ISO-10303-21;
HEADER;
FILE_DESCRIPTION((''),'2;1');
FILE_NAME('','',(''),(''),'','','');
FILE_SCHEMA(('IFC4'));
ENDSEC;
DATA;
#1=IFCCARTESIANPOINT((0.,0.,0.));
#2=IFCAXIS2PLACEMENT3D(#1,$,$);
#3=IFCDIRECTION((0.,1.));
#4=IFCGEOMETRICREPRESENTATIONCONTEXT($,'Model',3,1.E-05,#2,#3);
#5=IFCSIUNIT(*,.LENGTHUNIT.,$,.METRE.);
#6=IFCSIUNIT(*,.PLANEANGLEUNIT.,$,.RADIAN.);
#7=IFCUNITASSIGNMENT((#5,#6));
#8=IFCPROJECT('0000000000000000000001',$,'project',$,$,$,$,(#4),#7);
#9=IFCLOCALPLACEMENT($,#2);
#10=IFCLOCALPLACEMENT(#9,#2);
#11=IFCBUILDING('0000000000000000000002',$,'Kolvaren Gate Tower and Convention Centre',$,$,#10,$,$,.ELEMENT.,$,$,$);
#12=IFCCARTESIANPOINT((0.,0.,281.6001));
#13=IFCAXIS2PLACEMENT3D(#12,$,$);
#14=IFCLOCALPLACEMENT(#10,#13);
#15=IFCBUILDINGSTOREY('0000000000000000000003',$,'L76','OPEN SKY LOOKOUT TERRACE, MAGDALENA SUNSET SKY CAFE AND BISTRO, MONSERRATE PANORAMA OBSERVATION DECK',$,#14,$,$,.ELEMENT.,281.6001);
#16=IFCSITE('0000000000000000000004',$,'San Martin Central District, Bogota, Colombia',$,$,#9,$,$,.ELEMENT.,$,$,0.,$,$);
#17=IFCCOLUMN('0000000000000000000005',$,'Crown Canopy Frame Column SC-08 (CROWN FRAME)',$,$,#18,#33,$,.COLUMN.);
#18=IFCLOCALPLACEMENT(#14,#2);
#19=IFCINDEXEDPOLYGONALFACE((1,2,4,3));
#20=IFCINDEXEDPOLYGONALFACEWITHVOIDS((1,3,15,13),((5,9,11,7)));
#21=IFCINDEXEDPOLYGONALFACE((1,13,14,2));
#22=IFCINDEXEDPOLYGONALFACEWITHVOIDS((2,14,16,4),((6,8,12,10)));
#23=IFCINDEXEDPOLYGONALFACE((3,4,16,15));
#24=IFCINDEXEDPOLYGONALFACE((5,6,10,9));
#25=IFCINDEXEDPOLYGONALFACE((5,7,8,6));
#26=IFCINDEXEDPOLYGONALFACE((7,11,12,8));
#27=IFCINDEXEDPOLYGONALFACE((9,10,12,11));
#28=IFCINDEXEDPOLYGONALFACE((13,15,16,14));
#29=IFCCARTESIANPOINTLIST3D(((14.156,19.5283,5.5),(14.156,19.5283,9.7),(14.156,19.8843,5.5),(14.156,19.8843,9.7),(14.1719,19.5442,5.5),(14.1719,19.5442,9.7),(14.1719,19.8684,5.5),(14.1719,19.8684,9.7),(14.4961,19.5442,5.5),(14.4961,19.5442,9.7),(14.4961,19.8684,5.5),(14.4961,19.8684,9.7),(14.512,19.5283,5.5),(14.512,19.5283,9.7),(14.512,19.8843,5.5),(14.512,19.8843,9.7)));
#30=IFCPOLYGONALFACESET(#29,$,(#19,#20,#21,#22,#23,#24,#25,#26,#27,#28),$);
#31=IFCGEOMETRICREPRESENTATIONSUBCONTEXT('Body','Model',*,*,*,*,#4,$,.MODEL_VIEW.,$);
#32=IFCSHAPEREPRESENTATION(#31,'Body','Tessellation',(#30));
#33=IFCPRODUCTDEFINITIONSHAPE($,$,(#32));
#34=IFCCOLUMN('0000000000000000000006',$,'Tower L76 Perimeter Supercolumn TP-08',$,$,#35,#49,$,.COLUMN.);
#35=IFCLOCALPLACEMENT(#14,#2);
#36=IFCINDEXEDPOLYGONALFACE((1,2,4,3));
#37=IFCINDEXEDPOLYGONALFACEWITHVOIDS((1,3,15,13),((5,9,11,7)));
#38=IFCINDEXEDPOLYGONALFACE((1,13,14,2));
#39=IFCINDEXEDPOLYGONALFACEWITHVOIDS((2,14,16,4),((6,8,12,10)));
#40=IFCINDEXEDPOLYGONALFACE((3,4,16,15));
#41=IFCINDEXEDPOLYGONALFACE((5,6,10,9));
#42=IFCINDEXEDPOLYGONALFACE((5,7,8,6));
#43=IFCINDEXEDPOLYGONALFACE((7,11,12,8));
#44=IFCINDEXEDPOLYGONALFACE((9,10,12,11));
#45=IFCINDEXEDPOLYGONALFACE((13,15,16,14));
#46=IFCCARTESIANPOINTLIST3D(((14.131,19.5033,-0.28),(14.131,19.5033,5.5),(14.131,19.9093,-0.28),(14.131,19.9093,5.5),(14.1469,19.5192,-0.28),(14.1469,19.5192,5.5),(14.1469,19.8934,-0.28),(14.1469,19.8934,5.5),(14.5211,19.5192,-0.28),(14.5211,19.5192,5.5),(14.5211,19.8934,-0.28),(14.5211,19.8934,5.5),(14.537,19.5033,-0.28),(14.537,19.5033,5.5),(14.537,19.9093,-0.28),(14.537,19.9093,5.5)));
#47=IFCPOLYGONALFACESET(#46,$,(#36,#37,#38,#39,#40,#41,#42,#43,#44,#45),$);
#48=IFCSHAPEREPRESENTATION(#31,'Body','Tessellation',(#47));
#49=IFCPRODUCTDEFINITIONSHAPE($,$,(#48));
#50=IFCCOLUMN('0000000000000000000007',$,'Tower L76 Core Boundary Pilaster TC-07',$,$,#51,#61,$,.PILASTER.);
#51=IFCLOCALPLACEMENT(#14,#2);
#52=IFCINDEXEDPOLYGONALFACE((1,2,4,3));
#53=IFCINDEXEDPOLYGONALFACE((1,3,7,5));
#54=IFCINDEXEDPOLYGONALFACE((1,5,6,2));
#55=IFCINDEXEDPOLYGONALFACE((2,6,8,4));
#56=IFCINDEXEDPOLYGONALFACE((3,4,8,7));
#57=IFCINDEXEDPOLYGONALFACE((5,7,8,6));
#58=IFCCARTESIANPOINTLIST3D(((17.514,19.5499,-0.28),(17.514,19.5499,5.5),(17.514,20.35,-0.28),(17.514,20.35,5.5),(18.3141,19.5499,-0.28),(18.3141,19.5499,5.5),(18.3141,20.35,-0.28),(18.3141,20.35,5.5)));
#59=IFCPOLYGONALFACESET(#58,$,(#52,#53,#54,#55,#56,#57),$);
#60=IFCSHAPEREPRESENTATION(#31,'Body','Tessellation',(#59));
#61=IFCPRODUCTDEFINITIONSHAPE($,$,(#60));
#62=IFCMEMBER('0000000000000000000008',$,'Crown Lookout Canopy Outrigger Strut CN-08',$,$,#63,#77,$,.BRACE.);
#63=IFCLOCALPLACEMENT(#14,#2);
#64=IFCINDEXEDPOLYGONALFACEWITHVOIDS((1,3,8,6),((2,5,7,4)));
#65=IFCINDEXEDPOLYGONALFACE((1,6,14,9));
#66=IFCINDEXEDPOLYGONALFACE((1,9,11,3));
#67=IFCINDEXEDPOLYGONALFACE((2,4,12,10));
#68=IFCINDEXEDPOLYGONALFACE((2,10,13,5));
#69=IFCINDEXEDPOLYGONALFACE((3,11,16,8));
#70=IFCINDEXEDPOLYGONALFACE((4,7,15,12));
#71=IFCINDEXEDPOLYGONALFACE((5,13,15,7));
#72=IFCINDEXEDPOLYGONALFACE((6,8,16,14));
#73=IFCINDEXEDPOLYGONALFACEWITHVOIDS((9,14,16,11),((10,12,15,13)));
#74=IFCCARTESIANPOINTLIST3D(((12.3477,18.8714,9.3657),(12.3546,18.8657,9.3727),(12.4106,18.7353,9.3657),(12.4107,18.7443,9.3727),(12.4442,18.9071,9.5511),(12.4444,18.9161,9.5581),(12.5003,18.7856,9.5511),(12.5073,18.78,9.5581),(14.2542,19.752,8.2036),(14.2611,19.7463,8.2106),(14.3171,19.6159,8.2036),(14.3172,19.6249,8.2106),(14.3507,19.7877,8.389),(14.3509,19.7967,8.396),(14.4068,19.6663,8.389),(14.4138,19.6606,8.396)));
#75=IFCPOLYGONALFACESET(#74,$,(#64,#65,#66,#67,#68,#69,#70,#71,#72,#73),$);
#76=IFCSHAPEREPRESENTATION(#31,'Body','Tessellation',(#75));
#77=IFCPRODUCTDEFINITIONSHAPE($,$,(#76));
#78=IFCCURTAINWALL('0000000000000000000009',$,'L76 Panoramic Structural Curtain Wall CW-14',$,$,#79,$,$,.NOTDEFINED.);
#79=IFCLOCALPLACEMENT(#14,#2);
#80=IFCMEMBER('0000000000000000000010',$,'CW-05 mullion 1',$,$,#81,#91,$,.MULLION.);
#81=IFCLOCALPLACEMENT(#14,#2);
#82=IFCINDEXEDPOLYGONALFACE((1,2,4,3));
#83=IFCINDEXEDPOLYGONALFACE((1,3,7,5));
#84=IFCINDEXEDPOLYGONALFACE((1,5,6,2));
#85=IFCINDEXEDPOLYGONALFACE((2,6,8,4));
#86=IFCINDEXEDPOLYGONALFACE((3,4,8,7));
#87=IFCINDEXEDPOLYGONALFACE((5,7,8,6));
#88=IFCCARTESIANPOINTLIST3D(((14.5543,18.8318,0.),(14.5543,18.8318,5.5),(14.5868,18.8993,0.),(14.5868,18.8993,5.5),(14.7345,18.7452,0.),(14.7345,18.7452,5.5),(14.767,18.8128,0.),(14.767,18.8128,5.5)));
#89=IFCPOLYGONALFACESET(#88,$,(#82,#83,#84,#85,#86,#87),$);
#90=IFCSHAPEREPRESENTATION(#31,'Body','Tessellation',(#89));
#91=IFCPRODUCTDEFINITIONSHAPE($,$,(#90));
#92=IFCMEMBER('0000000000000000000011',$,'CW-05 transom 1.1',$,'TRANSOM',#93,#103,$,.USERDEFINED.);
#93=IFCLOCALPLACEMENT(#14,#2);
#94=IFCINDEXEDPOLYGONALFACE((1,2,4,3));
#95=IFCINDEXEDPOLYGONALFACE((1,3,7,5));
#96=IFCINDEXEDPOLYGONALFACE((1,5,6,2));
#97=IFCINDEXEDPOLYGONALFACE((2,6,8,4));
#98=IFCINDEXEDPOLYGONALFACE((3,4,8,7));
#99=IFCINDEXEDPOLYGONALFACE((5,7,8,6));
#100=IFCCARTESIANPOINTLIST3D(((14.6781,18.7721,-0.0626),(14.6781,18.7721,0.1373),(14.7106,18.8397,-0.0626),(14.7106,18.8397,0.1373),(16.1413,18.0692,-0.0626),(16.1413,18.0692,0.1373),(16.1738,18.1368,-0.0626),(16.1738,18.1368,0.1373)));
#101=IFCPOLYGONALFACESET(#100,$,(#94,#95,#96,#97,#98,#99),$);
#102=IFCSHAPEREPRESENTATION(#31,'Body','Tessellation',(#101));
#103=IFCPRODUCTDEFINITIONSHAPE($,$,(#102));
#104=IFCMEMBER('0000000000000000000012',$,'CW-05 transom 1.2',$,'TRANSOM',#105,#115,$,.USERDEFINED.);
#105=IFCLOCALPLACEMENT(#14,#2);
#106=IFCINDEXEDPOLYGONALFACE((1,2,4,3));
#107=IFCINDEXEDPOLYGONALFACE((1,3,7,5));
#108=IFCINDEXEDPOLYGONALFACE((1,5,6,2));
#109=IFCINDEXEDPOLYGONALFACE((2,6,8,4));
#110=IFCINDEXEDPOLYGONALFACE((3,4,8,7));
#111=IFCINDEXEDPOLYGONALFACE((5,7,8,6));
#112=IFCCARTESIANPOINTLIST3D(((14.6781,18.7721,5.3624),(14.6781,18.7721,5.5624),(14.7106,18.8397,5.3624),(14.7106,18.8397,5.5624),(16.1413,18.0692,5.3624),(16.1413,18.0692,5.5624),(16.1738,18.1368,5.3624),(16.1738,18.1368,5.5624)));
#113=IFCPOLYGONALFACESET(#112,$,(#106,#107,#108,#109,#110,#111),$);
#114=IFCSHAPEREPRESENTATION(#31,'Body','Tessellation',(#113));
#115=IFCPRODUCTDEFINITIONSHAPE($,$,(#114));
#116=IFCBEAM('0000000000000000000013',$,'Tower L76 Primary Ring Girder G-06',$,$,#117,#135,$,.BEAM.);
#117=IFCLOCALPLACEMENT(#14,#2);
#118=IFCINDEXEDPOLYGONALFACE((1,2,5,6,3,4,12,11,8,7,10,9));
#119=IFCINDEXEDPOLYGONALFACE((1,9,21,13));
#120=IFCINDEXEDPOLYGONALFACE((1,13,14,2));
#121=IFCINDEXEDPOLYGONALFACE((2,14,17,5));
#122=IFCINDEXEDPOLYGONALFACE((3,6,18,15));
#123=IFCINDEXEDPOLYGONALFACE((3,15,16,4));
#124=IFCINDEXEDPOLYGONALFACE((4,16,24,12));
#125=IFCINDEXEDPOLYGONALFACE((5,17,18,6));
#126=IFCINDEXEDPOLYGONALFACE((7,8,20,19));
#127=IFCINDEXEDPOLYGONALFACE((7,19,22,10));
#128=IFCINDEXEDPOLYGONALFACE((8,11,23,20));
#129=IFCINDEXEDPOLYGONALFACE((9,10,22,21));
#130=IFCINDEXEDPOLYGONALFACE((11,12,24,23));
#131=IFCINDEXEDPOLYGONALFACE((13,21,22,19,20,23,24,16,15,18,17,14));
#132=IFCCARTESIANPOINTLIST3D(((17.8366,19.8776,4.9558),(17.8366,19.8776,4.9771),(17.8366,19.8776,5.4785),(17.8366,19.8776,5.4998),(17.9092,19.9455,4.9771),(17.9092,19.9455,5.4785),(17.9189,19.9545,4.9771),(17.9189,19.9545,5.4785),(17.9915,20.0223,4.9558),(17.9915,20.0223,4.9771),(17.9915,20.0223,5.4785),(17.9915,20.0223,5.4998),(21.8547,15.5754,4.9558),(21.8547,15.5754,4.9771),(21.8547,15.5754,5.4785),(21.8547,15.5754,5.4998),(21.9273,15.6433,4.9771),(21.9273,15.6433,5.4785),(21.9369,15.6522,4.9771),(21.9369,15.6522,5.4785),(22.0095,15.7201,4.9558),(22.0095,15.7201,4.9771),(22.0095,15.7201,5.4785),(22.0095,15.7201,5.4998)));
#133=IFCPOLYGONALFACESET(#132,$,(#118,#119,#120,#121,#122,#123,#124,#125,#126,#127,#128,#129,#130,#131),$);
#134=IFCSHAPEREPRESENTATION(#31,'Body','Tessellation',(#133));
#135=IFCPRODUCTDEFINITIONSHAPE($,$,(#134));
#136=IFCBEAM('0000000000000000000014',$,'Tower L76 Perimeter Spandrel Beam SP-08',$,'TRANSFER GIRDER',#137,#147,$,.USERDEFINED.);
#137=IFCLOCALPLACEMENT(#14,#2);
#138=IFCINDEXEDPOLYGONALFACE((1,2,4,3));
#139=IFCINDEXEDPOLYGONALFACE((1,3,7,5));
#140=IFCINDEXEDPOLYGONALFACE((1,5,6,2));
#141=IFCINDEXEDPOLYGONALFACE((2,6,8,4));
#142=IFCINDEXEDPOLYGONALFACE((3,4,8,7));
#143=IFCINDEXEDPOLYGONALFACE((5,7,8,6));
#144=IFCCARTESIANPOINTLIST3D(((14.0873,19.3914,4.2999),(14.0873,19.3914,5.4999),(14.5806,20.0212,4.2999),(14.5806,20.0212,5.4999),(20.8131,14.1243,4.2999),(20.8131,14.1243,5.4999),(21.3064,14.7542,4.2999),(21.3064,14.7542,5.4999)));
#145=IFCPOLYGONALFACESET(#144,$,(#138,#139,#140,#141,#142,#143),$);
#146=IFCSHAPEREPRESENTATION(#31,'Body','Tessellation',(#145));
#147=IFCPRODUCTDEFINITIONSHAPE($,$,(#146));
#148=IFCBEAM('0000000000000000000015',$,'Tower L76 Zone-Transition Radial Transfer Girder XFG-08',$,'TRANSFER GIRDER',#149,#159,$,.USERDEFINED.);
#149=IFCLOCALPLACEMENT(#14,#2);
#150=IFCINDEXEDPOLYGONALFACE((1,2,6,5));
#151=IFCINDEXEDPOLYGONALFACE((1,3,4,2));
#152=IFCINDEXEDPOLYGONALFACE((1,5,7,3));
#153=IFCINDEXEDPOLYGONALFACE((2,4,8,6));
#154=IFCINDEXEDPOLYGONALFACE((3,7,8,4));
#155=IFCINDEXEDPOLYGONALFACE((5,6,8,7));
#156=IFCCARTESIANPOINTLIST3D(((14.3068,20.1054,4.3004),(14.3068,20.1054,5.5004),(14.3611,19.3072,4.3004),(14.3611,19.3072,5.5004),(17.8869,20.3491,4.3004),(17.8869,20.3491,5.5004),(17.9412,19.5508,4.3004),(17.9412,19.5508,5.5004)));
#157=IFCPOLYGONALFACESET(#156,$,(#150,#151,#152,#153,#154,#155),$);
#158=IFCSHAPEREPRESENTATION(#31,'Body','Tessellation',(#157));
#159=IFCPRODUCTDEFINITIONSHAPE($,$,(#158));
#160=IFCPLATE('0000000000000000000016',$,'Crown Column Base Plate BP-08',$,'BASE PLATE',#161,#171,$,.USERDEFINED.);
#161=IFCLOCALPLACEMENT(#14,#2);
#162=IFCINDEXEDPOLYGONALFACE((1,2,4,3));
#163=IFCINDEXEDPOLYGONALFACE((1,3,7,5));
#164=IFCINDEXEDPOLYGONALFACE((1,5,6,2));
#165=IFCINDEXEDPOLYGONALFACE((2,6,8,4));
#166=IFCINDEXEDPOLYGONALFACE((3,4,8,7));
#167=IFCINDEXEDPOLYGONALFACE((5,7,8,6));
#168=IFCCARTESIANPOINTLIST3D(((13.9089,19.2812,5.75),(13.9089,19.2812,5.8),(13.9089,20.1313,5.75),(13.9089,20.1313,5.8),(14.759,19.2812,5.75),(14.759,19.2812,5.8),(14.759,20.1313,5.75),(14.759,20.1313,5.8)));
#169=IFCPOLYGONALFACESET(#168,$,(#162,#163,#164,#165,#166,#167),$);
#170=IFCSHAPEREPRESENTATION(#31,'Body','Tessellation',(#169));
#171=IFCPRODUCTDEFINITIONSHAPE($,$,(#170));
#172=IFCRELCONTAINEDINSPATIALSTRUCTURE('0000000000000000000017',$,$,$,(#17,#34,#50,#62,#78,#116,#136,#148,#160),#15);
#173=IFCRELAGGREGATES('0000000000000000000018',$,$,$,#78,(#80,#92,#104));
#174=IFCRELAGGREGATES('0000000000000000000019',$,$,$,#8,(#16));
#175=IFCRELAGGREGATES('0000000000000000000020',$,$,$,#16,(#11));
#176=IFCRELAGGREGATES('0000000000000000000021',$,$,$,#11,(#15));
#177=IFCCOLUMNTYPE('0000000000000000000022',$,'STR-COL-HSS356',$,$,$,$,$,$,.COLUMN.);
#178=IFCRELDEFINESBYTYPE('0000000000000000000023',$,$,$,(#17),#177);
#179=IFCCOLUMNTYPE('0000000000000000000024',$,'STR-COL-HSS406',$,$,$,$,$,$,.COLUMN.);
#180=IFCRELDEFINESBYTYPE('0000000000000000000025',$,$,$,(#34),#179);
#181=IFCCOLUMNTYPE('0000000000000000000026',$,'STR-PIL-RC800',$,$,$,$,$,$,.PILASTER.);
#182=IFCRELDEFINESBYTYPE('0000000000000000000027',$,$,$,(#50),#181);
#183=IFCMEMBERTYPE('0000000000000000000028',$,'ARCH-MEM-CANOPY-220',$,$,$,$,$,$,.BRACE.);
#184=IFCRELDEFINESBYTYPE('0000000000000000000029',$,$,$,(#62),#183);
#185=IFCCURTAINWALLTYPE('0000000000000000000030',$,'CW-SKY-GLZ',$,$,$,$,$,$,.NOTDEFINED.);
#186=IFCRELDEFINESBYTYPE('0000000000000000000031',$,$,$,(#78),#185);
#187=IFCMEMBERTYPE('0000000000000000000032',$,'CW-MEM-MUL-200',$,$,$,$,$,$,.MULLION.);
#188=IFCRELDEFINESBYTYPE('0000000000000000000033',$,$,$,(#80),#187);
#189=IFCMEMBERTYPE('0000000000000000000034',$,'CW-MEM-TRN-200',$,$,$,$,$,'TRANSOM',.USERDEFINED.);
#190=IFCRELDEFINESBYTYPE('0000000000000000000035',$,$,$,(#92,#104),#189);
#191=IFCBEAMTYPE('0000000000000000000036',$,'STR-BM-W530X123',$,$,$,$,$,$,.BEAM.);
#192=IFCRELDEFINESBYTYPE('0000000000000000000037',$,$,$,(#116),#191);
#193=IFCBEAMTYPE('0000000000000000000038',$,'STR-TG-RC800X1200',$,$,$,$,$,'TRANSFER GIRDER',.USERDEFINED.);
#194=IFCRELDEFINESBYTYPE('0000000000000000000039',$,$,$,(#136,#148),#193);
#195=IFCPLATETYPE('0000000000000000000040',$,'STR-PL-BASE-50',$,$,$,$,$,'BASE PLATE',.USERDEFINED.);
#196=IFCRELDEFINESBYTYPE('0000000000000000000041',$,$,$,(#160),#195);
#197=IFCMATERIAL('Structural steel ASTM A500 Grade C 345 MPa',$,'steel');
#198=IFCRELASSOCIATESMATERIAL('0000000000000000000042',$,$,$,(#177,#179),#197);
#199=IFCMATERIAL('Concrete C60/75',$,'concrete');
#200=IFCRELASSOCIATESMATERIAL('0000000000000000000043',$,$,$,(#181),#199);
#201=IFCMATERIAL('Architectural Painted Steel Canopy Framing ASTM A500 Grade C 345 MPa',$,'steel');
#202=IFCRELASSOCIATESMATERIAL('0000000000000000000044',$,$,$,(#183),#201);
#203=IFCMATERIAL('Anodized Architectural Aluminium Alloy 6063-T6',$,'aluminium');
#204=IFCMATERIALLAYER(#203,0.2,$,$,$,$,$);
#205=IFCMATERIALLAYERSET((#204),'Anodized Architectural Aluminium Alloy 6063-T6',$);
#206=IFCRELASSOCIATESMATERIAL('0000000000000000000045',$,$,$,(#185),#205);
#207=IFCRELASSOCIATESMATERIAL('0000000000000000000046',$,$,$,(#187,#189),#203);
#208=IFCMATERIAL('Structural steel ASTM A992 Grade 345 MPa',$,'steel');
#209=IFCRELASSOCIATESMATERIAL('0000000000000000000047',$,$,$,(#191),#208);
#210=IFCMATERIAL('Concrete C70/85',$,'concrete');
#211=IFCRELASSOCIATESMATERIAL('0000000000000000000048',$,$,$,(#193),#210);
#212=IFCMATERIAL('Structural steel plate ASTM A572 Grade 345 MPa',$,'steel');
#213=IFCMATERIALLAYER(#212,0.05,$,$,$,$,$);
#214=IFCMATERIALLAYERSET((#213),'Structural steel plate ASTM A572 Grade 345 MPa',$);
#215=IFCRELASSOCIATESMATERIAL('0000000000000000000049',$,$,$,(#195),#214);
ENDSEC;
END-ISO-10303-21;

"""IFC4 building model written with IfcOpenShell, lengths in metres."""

from ifc_helpers import new_model, si_unit, direction, frame, origin, origin_2d, place, context, subcontext, project, spatial, rectangle, hollow_rectangle, i_section, extrude, material, layer, layer_set, material_profile, profile_set, type_object, element, aggregate, save


model = new_model("IFC4")

# Units and contexts
model_context = context("Model", 3, precision=1e-05, world=origin(), true_north=direction((0.0, 1.0)))
body_context = subcontext(model_context, "Body", "Model", "MODEL_VIEW")
ifc_project = project(units=[si_unit("LENGTHUNIT", "METRE"), si_unit("PLANEANGLEUNIT", "RADIAN")], contexts=[model_context])

# Site, building, storey
site_placement = place(None, origin())
site = spatial("IfcSite", under=ifc_project, at=site_placement, Name="San Martin Central District, Bogota, Colombia", CompositionType="ELEMENT", RefElevation=0.0)
building_placement = place(site_placement, origin())
building = spatial("IfcBuilding", under=site, at=building_placement, Name="Kolvaren Gate Tower and Convention Centre", CompositionType="ELEMENT")
storey_placement = place(building_placement, frame((0.0, 0.0, 281.6001)))
storey = spatial("IfcBuildingStorey", under=building, at=storey_placement, Name="L76", Description="OPEN SKY LOOKOUT TERRACE, MAGDALENA SUNSET SKY CAFE AND BISTRO, MONSERRATE PANORAMA OBSERVATION DECK", CompositionType="ELEMENT", Elevation=281.6001)

# Columns
ifc_material_1 = material(Name="Structural steel ASTM A500 Grade C 345 MPa", Category="steel")
ifc_material_profile_1 = material_profile(ifc_material_1, hollow_rectangle(XDim=0.356, YDim=0.356, WallThickness=0.0159, at=origin_2d()), Name="HSS356X356X15.9")
ifc_profile_set_1 = profile_set([ifc_material_profile_1], Name="Structural steel ASTM A500 Grade C 345 MPa")
column_type_1 = type_object("IfcColumnType", Name="STR-COL-HSS356", PredefinedType="COLUMN", material=ifc_profile_set_1)
column_1_placement = place(storey_placement, frame((14.334, 19.7063, 5.5), z_axis=(0.0, 0.0, 1.0), x_axis=(1.0, 0.0, 0.0)))
element("IfcColumn", 1, at=column_1_placement, inside=storey, type_object=column_type_1, Name="Crown Canopy Frame Column SC-08 (CROWN FRAME)", PredefinedType="COLUMN", context=body_context, shape_type="SweptSolid", body=[
    extrude(hollow_rectangle(XDim=0.356, YDim=0.356, WallThickness=0.0159, at=origin_2d()), origin(), (0.0, 0.0, 1.0), 4.2),
])
ifc_material_profile_2 = material_profile(ifc_material_1, hollow_rectangle(XDim=0.406, YDim=0.406, WallThickness=0.0159, at=origin_2d()), Name="HSS406X406X15.9")
ifc_profile_set_2 = profile_set([ifc_material_profile_2], Name="Structural steel ASTM A500 Grade C 345 MPa")
column_type_2 = type_object("IfcColumnType", Name="STR-COL-HSS406", PredefinedType="COLUMN", material=ifc_profile_set_2)
column_2_placement = place(storey_placement, frame((14.334, 19.7063, -0.28), z_axis=(0.0, 0.0, 1.0), x_axis=(1.0, 0.0, 0.0)))
element("IfcColumn", 2, at=column_2_placement, inside=storey, type_object=column_type_2, Name="Tower L76 Perimeter Supercolumn TP-08", PredefinedType="COLUMN", context=body_context, shape_type="SweptSolid", body=[
    extrude(hollow_rectangle(XDim=0.406, YDim=0.406, WallThickness=0.0159, at=origin_2d()), origin(), (0.0, 0.0, 1.0), 5.78),
])
ifc_material_2 = material(Name="Concrete C60/75", Category="concrete")
ifc_material_profile_3 = material_profile(ifc_material_2, rectangle(XDim=0.8, YDim=0.8, at=origin_2d()), Name="RC-COL-800X800")
ifc_profile_set_3 = profile_set([ifc_material_profile_3], Name="Concrete C60/75")
column_type_3 = type_object("IfcColumnType", Name="STR-PIL-RC800", PredefinedType="PILASTER", material=ifc_profile_set_3)
column_3_placement = place(storey_placement, frame((17.9141, 19.95, -0.28), z_axis=(0.0, 0.0, 1.0), x_axis=(1.0, 0.0, 0.0)))
element("IfcColumn", 3, at=column_3_placement, inside=storey, type_object=column_type_3, Name="Tower L76 Core Boundary Pilaster TC-07", PredefinedType="PILASTER", context=body_context, shape_type="SweptSolid", body=[
    extrude(rectangle(XDim=0.8, YDim=0.8, at=origin_2d()), origin(), (0.0, 0.0, 1.0), 5.78),
])

# Member
ifc_material_3 = material(Name="Architectural Painted Steel Canopy Framing ASTM A500 Grade C 345 MPa", Category="steel")
ifc_material_profile_4 = material_profile(ifc_material_3, hollow_rectangle(XDim=0.1499, YDim=0.22, WallThickness=0.0081, at=origin_2d()), Name="ARCH-MEM-CANOPY-220")
ifc_profile_set_4 = profile_set([ifc_material_profile_4], Name="Architectural Painted Steel Canopy Framing ASTM A500 Grade C 345 MPa")
member_type_1 = type_object("IfcMemberType", Name="ARCH-MEM-CANOPY-220", PredefinedType="BRACE", material=ifc_profile_set_4)
member_1_placement = place(storey_placement, frame((14.334, 19.7063, 8.2998), z_axis=(-0.794324, -0.366901, 0.484183), x_axis=(0.419331, -0.907833, 0.0)))
element("IfcMember", 4, at=member_1_placement, inside=storey, type_object=member_type_1, Name="Crown Lookout Canopy Outrigger Strut CN-08", PredefinedType="BRACE", context=body_context, shape_type="SweptSolid", body=[
    extrude(hollow_rectangle(XDim=0.1499, YDim=0.22, WallThickness=0.0081, at=origin_2d()), origin(), (0.0, 0.0, 1.0), 2.4001),
])

# Curtain wall, members
ifc_material_4 = material(Name="Anodized Architectural Aluminium Alloy 6063-T6", Category="aluminium")
ifc_layer_1 = layer(ifc_material_4, 0.2)
ifc_layer_set_1 = layer_set([ifc_layer_1], Name="Anodized Architectural Aluminium Alloy 6063-T6")
curtain_wall_type = type_object("IfcCurtainWallType", Name="CW-SKY-GLZ", PredefinedType="NOTDEFINED", material=ifc_layer_set_1)
curtain_wall_placement = place(storey_placement, origin())
curtain_wall = element("IfcCurtainWall", 5, at=curtain_wall_placement, inside=storey, type_object=curtain_wall_type, Name="L76 Panoramic Structural Curtain Wall CW-14", PredefinedType="NOTDEFINED")
ifc_material_profile_5 = material_profile(ifc_material_4, rectangle(XDim=0.075, YDim=0.2, at=origin_2d()), Name="CW-MEM-MUL-200")
ifc_profile_set_5 = profile_set([ifc_material_profile_5], Name="Anodized Architectural Aluminium Alloy 6063-T6")
member_type_2 = type_object("IfcMemberType", Name="CW-MEM-MUL-200", PredefinedType="MULLION", material=ifc_profile_set_5)
member_2_placement = place(storey_placement, frame((14.6606, 18.8223, 0.0), z_axis=(0.0, 0.0, 1.0), x_axis=(0.433053, 0.901368, 0.0)))
member_2 = element("IfcMember", 6, at=member_2_placement, type_object=member_type_2, Name="CW-05 mullion 1", PredefinedType="MULLION", context=body_context, shape_type="SweptSolid", body=[
    extrude(rectangle(XDim=0.075, YDim=0.2, at=origin_2d()), origin(), (0.0, 0.0, 1.0), 5.5),
])
ifc_material_profile_6 = material_profile(ifc_material_4, rectangle(XDim=0.075, YDim=0.2, at=origin_2d()), Name="CW-MEM-TRN-200")
ifc_profile_set_6 = profile_set([ifc_material_profile_6], Name="Anodized Architectural Aluminium Alloy 6063-T6")
member_type_3 = type_object("IfcMemberType", Name="CW-MEM-TRN-200", ElementType="TRANSOM", PredefinedType="USERDEFINED", material=ifc_profile_set_6)
member_3_placement = place(storey_placement, frame((14.6943, 18.8059, 0.0374), z_axis=(0.901385, -0.43302, 0.0), x_axis=(0.43302, 0.901385, 0.0)))
member_3 = element("IfcMember", 7, at=member_3_placement, type_object=member_type_3, Name="CW-05 transom 1.1", ObjectType="TRANSOM", PredefinedType="USERDEFINED", context=body_context, shape_type="SweptSolid", body=[
    extrude(rectangle(XDim=0.075, YDim=0.2, at=origin_2d()), origin(), (0.0, 0.0, 1.0), 1.6233),
])
member_4_placement = place(storey_placement, frame((14.6943, 18.8059, 5.4624), z_axis=(0.901385, -0.43302, 0.0), x_axis=(0.43302, 0.901385, 0.0)))
member_4 = element("IfcMember", 8, at=member_4_placement, type_object=member_type_3, Name="CW-05 transom 1.2", ObjectType="TRANSOM", PredefinedType="USERDEFINED", context=body_context, shape_type="SweptSolid", body=[
    extrude(rectangle(XDim=0.075, YDim=0.2, at=origin_2d()), origin(), (0.0, 0.0, 1.0), 1.6233),
])
aggregate(curtain_wall, [member_2, member_3, member_4])

# Beams
ifc_material_5 = material(Name="Structural steel ASTM A992 Grade 345 MPa", Category="steel")
ifc_material_profile_7 = material_profile(ifc_material_5, i_section(OverallWidth=0.2119, OverallDepth=0.5439, WebThickness=0.0132, FlangeThickness=0.0212, at=origin_2d()), Name="W530X123")
ifc_profile_set_7 = profile_set([ifc_material_profile_7], Name="Structural steel ASTM A992 Grade 345 MPa")
beam_type_1 = type_object("IfcBeamType", Name="STR-BM-W530X123", PredefinedType="BEAM", material=ifc_profile_set_7)
beam_1_placement = place(storey_placement, frame((17.9141, 19.95, 5.2278), z_axis=(0.682558, -0.730832, 0.0), x_axis=(0.730832, 0.682558, 0.0)))
element("IfcBeam", 9, at=beam_1_placement, inside=storey, type_object=beam_type_1, Name="Tower L76 Primary Ring Girder G-06", PredefinedType="BEAM", context=body_context, shape_type="SweptSolid", body=[
    extrude(i_section(OverallWidth=0.2119, OverallDepth=0.5439, WebThickness=0.0132, FlangeThickness=0.0212, at=origin_2d()), origin(), (0.0, 0.0, 1.0), 5.8867),
])
ifc_material_6 = material(Name="Concrete C70/85", Category="concrete")
ifc_material_profile_8 = material_profile(ifc_material_6, rectangle(XDim=0.8, YDim=1.2, at=origin_2d()), Name="RC-BM-800X1200")
ifc_profile_set_8 = profile_set([ifc_material_profile_8], Name="Concrete C70/85")
beam_type_2 = type_object("IfcBeamType", Name="STR-TG-RC800X1200", ElementType="TRANSFER GIRDER", PredefinedType="USERDEFINED", material=ifc_profile_set_8)
beam_2_placement = place(storey_placement, frame((14.334, 19.7063, 4.8999), z_axis=(0.787312, -0.616555, 0.0), x_axis=(0.616555, 0.787312, 0.0)))
element("IfcBeam", 10, at=beam_2_placement, inside=storey, type_object=beam_type_2, Name="Tower L76 Perimeter Spandrel Beam SP-08", ObjectType="TRANSFER GIRDER", PredefinedType="USERDEFINED", context=body_context, shape_type="SweptSolid", body=[
    extrude(rectangle(XDim=0.8, YDim=1.2, at=origin_2d()), origin(), (0.0, 0.0, 1.0), 8.5427),
])
beam_3_placement = place(storey_placement, frame((17.9141, 19.95, 4.9004), z_axis=(-0.997692, -0.067901, 0.0), x_axis=(0.067901, -0.997692, 0.0)))
element("IfcBeam", 11, at=beam_3_placement, inside=storey, type_object=beam_type_2, Name="Tower L76 Zone-Transition Radial Transfer Girder XFG-08", ObjectType="TRANSFER GIRDER", PredefinedType="USERDEFINED", context=body_context, shape_type="SweptSolid", body=[
    extrude(rectangle(XDim=0.8, YDim=1.2, at=origin_2d()), origin(), (0.0, 0.0, 1.0), 3.5884),
])

# Plate
ifc_material_7 = material(Name="Structural steel plate ASTM A572 Grade 345 MPa", Category="steel")
ifc_layer_2 = layer(ifc_material_7, 0.05)
ifc_layer_set_2 = layer_set([ifc_layer_2], Name="Structural steel plate ASTM A572 Grade 345 MPa")
plate_type_1 = type_object("IfcPlateType", Name="STR-PL-BASE-50", ElementType="BASE PLATE", PredefinedType="USERDEFINED", material=ifc_layer_set_2)
plate_placement = place(storey_placement, frame((14.334, 19.7063, 5.75), z_axis=(0.0, 0.0, 1.0), x_axis=(1.0, 0.0, 0.0)))
element("IfcPlate", 12, at=plate_placement, inside=storey, type_object=plate_type_1, Name="Crown Column Base Plate BP-08", ObjectType="BASE PLATE", PredefinedType="USERDEFINED", context=body_context, shape_type="SweptSolid", body=[
    extrude(rectangle(XDim=0.8501, YDim=0.8501, at=origin_2d()), origin(), (0.0, 0.0, 1.0), 0.05),
])

save(model, "model.ifc")
